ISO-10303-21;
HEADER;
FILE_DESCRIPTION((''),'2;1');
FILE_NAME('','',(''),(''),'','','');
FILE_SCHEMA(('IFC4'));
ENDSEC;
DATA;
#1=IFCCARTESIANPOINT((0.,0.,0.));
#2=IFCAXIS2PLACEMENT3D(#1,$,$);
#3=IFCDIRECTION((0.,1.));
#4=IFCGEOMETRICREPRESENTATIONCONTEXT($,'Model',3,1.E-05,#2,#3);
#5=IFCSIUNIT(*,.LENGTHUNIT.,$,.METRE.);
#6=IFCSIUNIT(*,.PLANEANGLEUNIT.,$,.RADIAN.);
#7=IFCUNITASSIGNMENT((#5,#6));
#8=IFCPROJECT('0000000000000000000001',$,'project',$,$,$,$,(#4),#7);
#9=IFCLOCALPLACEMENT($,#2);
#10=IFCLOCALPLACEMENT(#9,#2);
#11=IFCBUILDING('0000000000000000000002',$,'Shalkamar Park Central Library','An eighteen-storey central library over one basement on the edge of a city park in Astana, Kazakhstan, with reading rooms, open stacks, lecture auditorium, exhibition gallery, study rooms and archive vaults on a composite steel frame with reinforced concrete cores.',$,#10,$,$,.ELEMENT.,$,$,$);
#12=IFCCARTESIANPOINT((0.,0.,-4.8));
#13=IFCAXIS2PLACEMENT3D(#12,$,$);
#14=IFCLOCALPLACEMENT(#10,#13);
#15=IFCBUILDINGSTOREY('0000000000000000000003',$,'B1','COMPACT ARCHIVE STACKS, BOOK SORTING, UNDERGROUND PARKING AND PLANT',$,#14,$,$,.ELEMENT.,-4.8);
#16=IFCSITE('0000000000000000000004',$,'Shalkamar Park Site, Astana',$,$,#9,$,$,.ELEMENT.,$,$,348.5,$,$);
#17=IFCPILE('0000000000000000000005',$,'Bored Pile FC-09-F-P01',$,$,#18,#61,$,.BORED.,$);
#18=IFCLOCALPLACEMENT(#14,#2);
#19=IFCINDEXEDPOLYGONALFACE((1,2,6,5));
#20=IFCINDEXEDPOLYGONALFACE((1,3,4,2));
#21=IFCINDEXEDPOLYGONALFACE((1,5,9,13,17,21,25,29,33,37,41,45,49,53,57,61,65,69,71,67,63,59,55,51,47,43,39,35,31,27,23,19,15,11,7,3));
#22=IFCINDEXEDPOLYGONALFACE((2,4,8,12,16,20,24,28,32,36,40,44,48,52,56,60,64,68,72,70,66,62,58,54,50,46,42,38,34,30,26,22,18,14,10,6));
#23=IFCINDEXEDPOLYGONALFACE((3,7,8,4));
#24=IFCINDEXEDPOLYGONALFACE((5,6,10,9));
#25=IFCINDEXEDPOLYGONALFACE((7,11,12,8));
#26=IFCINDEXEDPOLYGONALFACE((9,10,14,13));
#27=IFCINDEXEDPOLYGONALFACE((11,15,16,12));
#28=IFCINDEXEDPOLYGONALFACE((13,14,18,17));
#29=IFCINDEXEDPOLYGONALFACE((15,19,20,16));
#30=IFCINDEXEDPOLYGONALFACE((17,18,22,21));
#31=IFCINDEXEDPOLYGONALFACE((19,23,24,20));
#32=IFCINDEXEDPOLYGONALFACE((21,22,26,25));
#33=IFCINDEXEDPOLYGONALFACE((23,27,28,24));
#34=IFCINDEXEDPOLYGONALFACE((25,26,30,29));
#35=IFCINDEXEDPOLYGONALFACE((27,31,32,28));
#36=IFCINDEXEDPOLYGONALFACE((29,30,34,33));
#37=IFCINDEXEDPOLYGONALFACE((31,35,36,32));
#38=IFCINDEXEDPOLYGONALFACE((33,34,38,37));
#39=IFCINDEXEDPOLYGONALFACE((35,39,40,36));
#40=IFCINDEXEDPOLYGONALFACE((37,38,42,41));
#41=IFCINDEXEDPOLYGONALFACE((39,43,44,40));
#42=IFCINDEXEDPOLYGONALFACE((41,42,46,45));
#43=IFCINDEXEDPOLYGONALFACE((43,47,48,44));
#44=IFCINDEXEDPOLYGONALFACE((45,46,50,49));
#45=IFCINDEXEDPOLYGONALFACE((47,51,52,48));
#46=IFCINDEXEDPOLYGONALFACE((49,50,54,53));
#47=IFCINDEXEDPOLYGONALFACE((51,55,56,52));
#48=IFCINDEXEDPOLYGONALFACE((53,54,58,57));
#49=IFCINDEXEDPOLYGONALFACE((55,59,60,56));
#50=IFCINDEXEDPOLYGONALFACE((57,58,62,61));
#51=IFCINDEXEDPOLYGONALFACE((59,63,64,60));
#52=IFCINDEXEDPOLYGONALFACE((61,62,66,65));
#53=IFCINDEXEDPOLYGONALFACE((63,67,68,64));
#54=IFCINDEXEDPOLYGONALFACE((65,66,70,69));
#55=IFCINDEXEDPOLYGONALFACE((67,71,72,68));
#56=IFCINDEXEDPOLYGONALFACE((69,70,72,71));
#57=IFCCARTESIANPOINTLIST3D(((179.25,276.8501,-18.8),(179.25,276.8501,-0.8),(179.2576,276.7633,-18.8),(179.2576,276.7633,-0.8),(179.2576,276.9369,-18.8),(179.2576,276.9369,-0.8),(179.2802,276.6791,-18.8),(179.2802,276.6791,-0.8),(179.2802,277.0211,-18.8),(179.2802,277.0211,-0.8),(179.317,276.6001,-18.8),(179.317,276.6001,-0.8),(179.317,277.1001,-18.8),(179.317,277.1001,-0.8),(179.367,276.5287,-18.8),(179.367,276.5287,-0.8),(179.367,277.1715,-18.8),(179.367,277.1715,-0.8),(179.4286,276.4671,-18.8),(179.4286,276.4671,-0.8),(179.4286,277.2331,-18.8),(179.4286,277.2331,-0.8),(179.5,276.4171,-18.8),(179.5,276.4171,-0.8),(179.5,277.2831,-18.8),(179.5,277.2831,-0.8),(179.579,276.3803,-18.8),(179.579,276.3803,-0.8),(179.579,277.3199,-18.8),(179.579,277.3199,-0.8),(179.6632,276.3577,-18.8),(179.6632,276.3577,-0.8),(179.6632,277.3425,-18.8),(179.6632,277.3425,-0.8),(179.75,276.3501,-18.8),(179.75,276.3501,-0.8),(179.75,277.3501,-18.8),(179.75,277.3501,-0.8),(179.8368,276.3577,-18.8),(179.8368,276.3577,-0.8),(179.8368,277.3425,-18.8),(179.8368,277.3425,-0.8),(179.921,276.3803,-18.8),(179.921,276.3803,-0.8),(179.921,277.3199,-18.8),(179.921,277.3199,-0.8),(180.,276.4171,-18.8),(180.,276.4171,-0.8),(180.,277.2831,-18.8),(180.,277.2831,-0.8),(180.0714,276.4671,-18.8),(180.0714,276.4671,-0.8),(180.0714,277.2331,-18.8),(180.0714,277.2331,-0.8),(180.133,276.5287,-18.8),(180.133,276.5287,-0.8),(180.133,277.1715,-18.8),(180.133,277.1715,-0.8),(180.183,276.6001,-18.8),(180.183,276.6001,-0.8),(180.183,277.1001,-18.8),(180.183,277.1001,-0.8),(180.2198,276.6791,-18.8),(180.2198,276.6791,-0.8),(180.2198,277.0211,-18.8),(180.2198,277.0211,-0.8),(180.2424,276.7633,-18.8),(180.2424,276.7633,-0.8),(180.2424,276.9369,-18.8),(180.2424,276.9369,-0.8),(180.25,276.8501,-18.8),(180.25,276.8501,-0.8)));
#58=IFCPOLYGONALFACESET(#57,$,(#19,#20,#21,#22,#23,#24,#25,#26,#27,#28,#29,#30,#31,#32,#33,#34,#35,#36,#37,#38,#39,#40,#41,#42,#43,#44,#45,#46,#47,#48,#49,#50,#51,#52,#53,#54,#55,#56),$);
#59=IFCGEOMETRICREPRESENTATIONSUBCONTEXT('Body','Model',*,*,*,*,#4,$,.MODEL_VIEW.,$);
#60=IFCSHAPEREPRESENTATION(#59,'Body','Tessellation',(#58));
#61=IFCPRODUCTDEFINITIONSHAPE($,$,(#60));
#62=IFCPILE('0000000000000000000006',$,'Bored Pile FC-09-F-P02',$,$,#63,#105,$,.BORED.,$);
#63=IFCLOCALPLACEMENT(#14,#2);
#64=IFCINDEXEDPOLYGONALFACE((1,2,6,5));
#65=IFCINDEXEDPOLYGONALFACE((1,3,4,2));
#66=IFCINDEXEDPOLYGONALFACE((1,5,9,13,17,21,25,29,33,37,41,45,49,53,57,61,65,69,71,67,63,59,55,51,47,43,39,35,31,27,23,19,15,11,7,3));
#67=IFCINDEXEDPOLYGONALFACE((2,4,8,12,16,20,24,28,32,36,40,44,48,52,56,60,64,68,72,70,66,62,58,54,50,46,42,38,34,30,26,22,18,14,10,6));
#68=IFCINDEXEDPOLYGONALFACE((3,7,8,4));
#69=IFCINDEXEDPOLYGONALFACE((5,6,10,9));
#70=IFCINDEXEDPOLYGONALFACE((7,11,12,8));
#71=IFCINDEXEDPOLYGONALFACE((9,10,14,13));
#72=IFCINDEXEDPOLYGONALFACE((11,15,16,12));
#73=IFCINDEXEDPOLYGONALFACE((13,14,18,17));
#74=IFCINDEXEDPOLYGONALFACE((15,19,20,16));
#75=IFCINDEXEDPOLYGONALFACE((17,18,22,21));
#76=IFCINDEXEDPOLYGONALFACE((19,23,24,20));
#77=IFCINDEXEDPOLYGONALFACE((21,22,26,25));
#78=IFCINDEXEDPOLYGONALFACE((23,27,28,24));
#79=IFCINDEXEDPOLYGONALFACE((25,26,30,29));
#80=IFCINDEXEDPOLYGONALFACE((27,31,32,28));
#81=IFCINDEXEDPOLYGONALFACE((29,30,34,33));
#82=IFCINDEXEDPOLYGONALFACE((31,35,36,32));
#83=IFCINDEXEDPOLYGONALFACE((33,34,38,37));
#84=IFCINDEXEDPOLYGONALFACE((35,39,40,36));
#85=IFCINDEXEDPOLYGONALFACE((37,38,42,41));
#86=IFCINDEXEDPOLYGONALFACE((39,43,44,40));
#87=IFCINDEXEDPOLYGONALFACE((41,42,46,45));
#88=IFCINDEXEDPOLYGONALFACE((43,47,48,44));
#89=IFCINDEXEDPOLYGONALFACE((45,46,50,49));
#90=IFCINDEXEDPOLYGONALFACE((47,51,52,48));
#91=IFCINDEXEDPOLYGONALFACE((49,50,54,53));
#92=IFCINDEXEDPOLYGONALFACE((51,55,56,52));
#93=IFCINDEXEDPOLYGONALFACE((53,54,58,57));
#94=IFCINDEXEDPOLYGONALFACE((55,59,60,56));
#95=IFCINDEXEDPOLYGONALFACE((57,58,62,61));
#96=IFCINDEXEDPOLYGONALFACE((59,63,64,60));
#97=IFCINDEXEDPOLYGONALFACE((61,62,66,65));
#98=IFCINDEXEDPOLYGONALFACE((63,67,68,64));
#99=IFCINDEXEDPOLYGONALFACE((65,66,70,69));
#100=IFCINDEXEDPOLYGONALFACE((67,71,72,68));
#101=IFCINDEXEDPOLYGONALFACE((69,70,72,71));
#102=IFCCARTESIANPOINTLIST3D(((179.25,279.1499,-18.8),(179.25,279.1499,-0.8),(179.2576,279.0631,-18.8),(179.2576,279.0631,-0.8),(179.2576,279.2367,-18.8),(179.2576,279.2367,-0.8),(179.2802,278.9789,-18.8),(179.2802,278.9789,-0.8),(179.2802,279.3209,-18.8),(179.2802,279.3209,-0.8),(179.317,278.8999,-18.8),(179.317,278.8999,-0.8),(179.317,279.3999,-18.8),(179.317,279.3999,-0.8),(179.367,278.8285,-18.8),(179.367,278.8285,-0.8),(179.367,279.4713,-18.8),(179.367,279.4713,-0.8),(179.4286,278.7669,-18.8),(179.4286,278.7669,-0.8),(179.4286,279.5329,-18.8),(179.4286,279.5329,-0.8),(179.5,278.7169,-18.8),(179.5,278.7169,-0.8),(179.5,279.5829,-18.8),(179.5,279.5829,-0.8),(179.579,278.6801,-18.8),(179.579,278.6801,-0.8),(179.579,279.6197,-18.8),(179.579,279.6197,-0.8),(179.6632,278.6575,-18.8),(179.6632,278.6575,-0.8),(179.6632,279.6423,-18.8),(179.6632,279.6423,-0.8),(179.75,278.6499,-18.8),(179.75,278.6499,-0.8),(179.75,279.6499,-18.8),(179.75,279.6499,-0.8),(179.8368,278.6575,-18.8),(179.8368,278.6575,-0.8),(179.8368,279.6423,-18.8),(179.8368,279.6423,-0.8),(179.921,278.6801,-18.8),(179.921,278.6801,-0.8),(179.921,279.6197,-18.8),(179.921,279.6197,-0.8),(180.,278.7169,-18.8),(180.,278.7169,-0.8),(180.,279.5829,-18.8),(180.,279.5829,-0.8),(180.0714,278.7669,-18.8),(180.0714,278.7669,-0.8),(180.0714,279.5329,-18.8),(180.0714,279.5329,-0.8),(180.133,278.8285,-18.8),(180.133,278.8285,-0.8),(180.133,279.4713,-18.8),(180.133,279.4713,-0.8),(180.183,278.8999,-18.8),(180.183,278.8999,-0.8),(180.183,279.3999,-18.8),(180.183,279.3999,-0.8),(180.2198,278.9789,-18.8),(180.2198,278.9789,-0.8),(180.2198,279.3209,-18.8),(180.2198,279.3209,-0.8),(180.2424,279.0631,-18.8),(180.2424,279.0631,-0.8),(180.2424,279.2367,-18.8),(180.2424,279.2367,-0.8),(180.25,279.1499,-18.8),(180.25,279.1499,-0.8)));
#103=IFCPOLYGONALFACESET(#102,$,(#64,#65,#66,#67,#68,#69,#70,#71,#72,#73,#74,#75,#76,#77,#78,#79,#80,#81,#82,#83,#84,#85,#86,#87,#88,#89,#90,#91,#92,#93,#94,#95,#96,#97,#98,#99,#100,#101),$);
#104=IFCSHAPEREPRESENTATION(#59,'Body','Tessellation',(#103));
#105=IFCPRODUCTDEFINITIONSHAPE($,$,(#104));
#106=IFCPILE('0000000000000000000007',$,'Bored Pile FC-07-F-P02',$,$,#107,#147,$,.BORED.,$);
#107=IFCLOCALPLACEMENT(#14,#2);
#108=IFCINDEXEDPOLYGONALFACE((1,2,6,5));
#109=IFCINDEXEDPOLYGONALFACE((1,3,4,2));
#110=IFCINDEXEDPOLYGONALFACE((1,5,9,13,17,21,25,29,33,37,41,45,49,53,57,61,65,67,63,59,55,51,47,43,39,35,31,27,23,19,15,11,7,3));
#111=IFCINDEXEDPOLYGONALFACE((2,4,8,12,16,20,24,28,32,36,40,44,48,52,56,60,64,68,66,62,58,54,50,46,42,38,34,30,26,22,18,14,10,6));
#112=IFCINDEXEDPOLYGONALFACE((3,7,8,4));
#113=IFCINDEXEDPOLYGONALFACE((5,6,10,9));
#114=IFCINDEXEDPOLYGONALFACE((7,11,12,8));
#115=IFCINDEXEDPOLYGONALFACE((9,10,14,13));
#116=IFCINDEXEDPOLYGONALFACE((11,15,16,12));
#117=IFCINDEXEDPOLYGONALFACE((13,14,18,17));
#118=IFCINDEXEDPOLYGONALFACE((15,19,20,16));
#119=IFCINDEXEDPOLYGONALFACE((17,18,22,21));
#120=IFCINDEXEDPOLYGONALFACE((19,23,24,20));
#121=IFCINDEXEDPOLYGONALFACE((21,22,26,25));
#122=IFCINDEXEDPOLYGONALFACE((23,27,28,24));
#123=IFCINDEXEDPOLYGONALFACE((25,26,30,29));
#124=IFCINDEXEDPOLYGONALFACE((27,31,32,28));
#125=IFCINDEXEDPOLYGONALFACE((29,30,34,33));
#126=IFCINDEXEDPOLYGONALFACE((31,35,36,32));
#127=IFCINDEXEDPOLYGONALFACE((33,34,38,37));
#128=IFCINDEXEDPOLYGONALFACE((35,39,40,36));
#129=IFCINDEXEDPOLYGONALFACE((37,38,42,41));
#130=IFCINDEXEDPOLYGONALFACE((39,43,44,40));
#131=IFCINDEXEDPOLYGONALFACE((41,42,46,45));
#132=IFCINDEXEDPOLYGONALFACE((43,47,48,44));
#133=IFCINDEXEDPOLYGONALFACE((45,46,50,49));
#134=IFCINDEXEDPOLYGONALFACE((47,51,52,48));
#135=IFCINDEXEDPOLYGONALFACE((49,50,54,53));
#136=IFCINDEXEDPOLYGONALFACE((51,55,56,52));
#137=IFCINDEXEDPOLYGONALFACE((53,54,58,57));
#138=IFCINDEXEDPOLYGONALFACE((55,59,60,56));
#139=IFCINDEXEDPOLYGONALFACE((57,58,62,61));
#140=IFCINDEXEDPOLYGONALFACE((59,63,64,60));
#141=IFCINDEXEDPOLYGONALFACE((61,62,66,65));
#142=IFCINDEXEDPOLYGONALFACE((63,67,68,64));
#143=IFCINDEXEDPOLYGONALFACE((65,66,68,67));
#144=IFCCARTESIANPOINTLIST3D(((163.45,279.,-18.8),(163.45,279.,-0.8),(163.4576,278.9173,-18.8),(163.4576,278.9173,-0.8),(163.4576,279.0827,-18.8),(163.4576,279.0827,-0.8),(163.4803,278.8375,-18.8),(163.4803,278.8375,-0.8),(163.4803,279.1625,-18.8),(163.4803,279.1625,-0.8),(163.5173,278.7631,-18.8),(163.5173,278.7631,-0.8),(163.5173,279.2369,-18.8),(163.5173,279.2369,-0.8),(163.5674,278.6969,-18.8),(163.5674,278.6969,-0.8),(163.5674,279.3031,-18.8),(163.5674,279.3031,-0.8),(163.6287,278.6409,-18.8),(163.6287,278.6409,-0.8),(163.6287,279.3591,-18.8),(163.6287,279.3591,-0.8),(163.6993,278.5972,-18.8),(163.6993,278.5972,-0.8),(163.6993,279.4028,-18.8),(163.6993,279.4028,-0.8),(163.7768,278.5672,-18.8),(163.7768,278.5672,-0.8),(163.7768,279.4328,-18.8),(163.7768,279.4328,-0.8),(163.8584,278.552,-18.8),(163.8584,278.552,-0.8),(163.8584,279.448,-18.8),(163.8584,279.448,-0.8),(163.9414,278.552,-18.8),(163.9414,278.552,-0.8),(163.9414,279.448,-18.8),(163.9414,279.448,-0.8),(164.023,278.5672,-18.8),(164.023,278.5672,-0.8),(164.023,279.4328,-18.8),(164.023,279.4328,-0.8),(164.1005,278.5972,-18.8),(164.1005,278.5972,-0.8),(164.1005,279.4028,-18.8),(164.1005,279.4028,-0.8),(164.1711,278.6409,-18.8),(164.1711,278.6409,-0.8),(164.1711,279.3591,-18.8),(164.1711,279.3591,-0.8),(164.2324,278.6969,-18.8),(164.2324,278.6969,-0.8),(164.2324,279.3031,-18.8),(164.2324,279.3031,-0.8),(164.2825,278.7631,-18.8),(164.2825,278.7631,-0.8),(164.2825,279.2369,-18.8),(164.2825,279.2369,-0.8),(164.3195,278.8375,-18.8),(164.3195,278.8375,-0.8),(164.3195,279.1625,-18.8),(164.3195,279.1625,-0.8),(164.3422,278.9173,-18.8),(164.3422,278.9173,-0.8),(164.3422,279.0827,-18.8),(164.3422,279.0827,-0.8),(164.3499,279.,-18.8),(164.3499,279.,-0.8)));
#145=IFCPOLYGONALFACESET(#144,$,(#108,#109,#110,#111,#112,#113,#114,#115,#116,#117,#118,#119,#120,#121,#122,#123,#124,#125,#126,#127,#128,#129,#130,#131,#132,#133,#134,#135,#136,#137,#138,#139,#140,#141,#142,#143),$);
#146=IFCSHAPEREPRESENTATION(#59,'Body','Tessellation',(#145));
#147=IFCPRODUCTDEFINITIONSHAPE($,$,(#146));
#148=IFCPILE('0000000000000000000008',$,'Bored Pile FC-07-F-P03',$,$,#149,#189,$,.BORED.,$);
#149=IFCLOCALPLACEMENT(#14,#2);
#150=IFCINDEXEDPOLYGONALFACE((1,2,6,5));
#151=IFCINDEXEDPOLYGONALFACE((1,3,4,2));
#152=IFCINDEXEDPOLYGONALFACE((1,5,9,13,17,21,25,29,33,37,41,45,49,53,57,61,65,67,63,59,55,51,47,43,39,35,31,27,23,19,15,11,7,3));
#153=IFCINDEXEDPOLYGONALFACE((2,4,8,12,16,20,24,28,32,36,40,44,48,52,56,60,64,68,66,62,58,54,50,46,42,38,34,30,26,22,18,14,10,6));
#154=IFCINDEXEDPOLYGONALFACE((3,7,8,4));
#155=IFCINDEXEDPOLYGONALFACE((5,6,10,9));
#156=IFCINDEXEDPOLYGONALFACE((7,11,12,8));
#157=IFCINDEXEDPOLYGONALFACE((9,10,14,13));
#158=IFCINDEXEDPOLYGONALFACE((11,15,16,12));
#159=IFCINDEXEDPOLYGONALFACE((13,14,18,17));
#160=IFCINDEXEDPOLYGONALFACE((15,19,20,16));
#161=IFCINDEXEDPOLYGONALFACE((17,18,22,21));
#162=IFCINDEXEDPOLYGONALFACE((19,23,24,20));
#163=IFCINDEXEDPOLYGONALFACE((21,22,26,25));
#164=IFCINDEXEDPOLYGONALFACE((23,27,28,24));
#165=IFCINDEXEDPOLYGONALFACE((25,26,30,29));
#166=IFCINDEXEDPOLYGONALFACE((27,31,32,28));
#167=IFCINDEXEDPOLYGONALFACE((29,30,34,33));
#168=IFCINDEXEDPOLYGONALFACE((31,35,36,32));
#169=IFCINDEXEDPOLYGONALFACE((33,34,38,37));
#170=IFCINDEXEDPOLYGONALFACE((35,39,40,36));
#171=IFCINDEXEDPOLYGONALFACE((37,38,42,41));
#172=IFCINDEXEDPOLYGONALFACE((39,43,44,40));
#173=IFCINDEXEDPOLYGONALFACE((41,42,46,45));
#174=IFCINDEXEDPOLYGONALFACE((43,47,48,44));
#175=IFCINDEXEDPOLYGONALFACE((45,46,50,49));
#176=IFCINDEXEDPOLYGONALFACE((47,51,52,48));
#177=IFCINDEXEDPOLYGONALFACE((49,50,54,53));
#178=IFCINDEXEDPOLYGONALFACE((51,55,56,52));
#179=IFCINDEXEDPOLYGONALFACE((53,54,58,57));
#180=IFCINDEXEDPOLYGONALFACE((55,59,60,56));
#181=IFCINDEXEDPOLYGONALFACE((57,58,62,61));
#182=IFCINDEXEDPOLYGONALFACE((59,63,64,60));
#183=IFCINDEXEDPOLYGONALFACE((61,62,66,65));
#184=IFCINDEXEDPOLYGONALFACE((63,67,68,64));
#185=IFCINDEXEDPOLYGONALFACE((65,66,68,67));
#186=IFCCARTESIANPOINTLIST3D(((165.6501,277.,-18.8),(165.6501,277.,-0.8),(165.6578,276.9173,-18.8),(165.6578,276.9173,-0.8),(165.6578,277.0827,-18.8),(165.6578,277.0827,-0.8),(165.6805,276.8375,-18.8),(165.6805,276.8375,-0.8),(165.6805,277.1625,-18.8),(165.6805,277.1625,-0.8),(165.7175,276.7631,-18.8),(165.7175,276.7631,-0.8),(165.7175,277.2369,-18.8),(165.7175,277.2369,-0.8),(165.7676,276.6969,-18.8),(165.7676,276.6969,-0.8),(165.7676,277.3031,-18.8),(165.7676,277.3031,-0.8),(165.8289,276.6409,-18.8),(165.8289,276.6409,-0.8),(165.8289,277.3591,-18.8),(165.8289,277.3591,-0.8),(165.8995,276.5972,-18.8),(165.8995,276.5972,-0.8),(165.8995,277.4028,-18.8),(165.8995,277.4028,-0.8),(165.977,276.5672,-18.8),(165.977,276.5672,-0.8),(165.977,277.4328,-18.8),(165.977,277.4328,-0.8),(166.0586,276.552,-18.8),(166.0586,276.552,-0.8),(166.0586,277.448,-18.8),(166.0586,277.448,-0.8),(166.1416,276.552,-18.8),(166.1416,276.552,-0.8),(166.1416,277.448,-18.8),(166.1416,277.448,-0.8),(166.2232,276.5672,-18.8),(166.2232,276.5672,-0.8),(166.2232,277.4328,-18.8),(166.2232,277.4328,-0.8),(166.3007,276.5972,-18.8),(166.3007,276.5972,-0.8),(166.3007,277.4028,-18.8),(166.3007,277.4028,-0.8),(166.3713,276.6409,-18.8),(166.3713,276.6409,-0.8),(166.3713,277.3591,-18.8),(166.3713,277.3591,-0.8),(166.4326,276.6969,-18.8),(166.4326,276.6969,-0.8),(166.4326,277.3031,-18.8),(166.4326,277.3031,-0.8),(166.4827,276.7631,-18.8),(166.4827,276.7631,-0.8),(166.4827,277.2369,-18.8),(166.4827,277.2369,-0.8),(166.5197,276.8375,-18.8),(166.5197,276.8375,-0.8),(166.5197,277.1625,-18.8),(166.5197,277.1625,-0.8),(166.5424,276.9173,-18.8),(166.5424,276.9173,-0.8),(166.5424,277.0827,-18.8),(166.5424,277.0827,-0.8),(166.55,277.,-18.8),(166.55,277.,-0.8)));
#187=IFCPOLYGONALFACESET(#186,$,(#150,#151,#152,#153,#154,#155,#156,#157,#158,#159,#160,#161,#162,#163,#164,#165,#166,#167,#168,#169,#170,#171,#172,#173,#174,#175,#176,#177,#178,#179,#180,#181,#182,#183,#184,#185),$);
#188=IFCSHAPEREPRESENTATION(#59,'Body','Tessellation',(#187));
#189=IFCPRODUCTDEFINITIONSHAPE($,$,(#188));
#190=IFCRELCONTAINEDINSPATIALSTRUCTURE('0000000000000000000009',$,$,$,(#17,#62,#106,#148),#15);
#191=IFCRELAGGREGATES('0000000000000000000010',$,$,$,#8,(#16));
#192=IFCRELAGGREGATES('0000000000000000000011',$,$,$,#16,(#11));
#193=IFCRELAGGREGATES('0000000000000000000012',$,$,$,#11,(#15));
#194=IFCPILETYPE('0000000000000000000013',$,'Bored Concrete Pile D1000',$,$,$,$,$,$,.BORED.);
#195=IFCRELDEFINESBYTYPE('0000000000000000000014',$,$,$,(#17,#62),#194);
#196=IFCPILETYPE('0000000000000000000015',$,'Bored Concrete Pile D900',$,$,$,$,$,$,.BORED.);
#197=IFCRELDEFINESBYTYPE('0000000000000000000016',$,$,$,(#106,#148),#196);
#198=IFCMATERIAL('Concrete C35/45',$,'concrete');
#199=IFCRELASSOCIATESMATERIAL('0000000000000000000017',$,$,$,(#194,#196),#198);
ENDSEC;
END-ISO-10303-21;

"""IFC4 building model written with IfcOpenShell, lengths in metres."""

from ifc_helpers import new_model, si_unit, direction, frame, origin, origin_2d, place, context, subcontext, project, spatial, circle, extrude, material, material_profile, profile_set, type_object, element, save


model = new_model("IFC4")

# Units and contexts
model_context = context("Model", 3, precision=1e-05, world=origin(), true_north=direction((0.0, 1.0)))
body_context = subcontext(model_context, "Body", "Model", "MODEL_VIEW")
ifc_project = project(units=[si_unit("LENGTHUNIT", "METRE"), si_unit("PLANEANGLEUNIT", "RADIAN")], contexts=[model_context])

# Site, building, storey
site_placement = place(None, origin())
site = spatial("IfcSite", under=ifc_project, at=site_placement, Name="Shalkamar Park Site, Astana", CompositionType="ELEMENT", RefElevation=348.5)
building_placement = place(site_placement, origin())
building = spatial("IfcBuilding", under=site, at=building_placement, Name="Shalkamar Park Central Library", Description="An eighteen-storey central library over one basement on the edge of a city park in Astana, Kazakhstan, with reading rooms, open stacks, lecture auditorium, exhibition gallery, study rooms and archive vaults on a composite steel frame with reinforced concrete cores.", CompositionType="ELEMENT")
storey_placement = place(building_placement, frame((0.0, 0.0, -4.8)))
storey = spatial("IfcBuildingStorey", under=building, at=storey_placement, Name="B1", Description="COMPACT ARCHIVE STACKS, BOOK SORTING, UNDERGROUND PARKING AND PLANT", CompositionType="ELEMENT", Elevation=-4.8)

# Piles
ifc_material_1 = material(Name="Concrete C35/45", Category="concrete")
ifc_material_profile_1 = material_profile(ifc_material_1, circle(Radius=0.5, at=origin_2d()), Name="PILE D1000")
ifc_profile_set_1 = profile_set([ifc_material_profile_1], Name="Concrete C35/45")
pile_type_1 = type_object("IfcPileType", Name="Bored Concrete Pile D1000", PredefinedType="BORED", material=ifc_profile_set_1)
for number, where, z_axis, x_axis, name in (
    (1, (179.75, 276.8501, -0.8), (0.0, 0.0, -1.0), (1.0, 0.0, 0.0), "Bored Pile FC-09-F-P01"),
    (2, (179.75, 279.1499, -0.8), (0.0, 0.0, -1.0), (1.0, 0.0, 0.0), "Bored Pile FC-09-F-P02"),
):
    element("IfcPile", number, at=place(storey_placement, frame(where, z_axis=z_axis, x_axis=x_axis)), inside=storey, type_object=pile_type_1, Name=name, PredefinedType="BORED", context=body_context, shape_type="SweptSolid", body=[
        extrude(circle(Radius=0.5, at=origin_2d()), origin(), (0.0, 0.0, 1.0), 18.0),
    ])
ifc_material_profile_2 = material_profile(ifc_material_1, circle(Radius=0.45, at=origin_2d()), Name="PILE D900")
ifc_profile_set_2 = profile_set([ifc_material_profile_2], Name="Concrete C35/45")
pile_type_2 = type_object("IfcPileType", Name="Bored Concrete Pile D900", PredefinedType="BORED", material=ifc_profile_set_2)
for number, where, z_axis, x_axis, name in (
    (3, (163.8999, 279.0, -0.8), (0.0, 0.0, -1.0), (1.0, 0.0, 0.0), "Bored Pile FC-07-F-P02"),
    (4, (166.1001, 277.0, -0.8), (0.0, 0.0, -1.0), (1.0, 0.0, 0.0), "Bored Pile FC-07-F-P03"),
):
    element("IfcPile", number, at=place(storey_placement, frame(where, z_axis=z_axis, x_axis=x_axis)), inside=storey, type_object=pile_type_2, Name=name, PredefinedType="BORED", context=body_context, shape_type="SweptSolid", body=[
        extrude(circle(Radius=0.45, at=origin_2d()), origin(), (0.0, 0.0, 1.0), 18.0),
    ])

save(model, "model.ifc")
